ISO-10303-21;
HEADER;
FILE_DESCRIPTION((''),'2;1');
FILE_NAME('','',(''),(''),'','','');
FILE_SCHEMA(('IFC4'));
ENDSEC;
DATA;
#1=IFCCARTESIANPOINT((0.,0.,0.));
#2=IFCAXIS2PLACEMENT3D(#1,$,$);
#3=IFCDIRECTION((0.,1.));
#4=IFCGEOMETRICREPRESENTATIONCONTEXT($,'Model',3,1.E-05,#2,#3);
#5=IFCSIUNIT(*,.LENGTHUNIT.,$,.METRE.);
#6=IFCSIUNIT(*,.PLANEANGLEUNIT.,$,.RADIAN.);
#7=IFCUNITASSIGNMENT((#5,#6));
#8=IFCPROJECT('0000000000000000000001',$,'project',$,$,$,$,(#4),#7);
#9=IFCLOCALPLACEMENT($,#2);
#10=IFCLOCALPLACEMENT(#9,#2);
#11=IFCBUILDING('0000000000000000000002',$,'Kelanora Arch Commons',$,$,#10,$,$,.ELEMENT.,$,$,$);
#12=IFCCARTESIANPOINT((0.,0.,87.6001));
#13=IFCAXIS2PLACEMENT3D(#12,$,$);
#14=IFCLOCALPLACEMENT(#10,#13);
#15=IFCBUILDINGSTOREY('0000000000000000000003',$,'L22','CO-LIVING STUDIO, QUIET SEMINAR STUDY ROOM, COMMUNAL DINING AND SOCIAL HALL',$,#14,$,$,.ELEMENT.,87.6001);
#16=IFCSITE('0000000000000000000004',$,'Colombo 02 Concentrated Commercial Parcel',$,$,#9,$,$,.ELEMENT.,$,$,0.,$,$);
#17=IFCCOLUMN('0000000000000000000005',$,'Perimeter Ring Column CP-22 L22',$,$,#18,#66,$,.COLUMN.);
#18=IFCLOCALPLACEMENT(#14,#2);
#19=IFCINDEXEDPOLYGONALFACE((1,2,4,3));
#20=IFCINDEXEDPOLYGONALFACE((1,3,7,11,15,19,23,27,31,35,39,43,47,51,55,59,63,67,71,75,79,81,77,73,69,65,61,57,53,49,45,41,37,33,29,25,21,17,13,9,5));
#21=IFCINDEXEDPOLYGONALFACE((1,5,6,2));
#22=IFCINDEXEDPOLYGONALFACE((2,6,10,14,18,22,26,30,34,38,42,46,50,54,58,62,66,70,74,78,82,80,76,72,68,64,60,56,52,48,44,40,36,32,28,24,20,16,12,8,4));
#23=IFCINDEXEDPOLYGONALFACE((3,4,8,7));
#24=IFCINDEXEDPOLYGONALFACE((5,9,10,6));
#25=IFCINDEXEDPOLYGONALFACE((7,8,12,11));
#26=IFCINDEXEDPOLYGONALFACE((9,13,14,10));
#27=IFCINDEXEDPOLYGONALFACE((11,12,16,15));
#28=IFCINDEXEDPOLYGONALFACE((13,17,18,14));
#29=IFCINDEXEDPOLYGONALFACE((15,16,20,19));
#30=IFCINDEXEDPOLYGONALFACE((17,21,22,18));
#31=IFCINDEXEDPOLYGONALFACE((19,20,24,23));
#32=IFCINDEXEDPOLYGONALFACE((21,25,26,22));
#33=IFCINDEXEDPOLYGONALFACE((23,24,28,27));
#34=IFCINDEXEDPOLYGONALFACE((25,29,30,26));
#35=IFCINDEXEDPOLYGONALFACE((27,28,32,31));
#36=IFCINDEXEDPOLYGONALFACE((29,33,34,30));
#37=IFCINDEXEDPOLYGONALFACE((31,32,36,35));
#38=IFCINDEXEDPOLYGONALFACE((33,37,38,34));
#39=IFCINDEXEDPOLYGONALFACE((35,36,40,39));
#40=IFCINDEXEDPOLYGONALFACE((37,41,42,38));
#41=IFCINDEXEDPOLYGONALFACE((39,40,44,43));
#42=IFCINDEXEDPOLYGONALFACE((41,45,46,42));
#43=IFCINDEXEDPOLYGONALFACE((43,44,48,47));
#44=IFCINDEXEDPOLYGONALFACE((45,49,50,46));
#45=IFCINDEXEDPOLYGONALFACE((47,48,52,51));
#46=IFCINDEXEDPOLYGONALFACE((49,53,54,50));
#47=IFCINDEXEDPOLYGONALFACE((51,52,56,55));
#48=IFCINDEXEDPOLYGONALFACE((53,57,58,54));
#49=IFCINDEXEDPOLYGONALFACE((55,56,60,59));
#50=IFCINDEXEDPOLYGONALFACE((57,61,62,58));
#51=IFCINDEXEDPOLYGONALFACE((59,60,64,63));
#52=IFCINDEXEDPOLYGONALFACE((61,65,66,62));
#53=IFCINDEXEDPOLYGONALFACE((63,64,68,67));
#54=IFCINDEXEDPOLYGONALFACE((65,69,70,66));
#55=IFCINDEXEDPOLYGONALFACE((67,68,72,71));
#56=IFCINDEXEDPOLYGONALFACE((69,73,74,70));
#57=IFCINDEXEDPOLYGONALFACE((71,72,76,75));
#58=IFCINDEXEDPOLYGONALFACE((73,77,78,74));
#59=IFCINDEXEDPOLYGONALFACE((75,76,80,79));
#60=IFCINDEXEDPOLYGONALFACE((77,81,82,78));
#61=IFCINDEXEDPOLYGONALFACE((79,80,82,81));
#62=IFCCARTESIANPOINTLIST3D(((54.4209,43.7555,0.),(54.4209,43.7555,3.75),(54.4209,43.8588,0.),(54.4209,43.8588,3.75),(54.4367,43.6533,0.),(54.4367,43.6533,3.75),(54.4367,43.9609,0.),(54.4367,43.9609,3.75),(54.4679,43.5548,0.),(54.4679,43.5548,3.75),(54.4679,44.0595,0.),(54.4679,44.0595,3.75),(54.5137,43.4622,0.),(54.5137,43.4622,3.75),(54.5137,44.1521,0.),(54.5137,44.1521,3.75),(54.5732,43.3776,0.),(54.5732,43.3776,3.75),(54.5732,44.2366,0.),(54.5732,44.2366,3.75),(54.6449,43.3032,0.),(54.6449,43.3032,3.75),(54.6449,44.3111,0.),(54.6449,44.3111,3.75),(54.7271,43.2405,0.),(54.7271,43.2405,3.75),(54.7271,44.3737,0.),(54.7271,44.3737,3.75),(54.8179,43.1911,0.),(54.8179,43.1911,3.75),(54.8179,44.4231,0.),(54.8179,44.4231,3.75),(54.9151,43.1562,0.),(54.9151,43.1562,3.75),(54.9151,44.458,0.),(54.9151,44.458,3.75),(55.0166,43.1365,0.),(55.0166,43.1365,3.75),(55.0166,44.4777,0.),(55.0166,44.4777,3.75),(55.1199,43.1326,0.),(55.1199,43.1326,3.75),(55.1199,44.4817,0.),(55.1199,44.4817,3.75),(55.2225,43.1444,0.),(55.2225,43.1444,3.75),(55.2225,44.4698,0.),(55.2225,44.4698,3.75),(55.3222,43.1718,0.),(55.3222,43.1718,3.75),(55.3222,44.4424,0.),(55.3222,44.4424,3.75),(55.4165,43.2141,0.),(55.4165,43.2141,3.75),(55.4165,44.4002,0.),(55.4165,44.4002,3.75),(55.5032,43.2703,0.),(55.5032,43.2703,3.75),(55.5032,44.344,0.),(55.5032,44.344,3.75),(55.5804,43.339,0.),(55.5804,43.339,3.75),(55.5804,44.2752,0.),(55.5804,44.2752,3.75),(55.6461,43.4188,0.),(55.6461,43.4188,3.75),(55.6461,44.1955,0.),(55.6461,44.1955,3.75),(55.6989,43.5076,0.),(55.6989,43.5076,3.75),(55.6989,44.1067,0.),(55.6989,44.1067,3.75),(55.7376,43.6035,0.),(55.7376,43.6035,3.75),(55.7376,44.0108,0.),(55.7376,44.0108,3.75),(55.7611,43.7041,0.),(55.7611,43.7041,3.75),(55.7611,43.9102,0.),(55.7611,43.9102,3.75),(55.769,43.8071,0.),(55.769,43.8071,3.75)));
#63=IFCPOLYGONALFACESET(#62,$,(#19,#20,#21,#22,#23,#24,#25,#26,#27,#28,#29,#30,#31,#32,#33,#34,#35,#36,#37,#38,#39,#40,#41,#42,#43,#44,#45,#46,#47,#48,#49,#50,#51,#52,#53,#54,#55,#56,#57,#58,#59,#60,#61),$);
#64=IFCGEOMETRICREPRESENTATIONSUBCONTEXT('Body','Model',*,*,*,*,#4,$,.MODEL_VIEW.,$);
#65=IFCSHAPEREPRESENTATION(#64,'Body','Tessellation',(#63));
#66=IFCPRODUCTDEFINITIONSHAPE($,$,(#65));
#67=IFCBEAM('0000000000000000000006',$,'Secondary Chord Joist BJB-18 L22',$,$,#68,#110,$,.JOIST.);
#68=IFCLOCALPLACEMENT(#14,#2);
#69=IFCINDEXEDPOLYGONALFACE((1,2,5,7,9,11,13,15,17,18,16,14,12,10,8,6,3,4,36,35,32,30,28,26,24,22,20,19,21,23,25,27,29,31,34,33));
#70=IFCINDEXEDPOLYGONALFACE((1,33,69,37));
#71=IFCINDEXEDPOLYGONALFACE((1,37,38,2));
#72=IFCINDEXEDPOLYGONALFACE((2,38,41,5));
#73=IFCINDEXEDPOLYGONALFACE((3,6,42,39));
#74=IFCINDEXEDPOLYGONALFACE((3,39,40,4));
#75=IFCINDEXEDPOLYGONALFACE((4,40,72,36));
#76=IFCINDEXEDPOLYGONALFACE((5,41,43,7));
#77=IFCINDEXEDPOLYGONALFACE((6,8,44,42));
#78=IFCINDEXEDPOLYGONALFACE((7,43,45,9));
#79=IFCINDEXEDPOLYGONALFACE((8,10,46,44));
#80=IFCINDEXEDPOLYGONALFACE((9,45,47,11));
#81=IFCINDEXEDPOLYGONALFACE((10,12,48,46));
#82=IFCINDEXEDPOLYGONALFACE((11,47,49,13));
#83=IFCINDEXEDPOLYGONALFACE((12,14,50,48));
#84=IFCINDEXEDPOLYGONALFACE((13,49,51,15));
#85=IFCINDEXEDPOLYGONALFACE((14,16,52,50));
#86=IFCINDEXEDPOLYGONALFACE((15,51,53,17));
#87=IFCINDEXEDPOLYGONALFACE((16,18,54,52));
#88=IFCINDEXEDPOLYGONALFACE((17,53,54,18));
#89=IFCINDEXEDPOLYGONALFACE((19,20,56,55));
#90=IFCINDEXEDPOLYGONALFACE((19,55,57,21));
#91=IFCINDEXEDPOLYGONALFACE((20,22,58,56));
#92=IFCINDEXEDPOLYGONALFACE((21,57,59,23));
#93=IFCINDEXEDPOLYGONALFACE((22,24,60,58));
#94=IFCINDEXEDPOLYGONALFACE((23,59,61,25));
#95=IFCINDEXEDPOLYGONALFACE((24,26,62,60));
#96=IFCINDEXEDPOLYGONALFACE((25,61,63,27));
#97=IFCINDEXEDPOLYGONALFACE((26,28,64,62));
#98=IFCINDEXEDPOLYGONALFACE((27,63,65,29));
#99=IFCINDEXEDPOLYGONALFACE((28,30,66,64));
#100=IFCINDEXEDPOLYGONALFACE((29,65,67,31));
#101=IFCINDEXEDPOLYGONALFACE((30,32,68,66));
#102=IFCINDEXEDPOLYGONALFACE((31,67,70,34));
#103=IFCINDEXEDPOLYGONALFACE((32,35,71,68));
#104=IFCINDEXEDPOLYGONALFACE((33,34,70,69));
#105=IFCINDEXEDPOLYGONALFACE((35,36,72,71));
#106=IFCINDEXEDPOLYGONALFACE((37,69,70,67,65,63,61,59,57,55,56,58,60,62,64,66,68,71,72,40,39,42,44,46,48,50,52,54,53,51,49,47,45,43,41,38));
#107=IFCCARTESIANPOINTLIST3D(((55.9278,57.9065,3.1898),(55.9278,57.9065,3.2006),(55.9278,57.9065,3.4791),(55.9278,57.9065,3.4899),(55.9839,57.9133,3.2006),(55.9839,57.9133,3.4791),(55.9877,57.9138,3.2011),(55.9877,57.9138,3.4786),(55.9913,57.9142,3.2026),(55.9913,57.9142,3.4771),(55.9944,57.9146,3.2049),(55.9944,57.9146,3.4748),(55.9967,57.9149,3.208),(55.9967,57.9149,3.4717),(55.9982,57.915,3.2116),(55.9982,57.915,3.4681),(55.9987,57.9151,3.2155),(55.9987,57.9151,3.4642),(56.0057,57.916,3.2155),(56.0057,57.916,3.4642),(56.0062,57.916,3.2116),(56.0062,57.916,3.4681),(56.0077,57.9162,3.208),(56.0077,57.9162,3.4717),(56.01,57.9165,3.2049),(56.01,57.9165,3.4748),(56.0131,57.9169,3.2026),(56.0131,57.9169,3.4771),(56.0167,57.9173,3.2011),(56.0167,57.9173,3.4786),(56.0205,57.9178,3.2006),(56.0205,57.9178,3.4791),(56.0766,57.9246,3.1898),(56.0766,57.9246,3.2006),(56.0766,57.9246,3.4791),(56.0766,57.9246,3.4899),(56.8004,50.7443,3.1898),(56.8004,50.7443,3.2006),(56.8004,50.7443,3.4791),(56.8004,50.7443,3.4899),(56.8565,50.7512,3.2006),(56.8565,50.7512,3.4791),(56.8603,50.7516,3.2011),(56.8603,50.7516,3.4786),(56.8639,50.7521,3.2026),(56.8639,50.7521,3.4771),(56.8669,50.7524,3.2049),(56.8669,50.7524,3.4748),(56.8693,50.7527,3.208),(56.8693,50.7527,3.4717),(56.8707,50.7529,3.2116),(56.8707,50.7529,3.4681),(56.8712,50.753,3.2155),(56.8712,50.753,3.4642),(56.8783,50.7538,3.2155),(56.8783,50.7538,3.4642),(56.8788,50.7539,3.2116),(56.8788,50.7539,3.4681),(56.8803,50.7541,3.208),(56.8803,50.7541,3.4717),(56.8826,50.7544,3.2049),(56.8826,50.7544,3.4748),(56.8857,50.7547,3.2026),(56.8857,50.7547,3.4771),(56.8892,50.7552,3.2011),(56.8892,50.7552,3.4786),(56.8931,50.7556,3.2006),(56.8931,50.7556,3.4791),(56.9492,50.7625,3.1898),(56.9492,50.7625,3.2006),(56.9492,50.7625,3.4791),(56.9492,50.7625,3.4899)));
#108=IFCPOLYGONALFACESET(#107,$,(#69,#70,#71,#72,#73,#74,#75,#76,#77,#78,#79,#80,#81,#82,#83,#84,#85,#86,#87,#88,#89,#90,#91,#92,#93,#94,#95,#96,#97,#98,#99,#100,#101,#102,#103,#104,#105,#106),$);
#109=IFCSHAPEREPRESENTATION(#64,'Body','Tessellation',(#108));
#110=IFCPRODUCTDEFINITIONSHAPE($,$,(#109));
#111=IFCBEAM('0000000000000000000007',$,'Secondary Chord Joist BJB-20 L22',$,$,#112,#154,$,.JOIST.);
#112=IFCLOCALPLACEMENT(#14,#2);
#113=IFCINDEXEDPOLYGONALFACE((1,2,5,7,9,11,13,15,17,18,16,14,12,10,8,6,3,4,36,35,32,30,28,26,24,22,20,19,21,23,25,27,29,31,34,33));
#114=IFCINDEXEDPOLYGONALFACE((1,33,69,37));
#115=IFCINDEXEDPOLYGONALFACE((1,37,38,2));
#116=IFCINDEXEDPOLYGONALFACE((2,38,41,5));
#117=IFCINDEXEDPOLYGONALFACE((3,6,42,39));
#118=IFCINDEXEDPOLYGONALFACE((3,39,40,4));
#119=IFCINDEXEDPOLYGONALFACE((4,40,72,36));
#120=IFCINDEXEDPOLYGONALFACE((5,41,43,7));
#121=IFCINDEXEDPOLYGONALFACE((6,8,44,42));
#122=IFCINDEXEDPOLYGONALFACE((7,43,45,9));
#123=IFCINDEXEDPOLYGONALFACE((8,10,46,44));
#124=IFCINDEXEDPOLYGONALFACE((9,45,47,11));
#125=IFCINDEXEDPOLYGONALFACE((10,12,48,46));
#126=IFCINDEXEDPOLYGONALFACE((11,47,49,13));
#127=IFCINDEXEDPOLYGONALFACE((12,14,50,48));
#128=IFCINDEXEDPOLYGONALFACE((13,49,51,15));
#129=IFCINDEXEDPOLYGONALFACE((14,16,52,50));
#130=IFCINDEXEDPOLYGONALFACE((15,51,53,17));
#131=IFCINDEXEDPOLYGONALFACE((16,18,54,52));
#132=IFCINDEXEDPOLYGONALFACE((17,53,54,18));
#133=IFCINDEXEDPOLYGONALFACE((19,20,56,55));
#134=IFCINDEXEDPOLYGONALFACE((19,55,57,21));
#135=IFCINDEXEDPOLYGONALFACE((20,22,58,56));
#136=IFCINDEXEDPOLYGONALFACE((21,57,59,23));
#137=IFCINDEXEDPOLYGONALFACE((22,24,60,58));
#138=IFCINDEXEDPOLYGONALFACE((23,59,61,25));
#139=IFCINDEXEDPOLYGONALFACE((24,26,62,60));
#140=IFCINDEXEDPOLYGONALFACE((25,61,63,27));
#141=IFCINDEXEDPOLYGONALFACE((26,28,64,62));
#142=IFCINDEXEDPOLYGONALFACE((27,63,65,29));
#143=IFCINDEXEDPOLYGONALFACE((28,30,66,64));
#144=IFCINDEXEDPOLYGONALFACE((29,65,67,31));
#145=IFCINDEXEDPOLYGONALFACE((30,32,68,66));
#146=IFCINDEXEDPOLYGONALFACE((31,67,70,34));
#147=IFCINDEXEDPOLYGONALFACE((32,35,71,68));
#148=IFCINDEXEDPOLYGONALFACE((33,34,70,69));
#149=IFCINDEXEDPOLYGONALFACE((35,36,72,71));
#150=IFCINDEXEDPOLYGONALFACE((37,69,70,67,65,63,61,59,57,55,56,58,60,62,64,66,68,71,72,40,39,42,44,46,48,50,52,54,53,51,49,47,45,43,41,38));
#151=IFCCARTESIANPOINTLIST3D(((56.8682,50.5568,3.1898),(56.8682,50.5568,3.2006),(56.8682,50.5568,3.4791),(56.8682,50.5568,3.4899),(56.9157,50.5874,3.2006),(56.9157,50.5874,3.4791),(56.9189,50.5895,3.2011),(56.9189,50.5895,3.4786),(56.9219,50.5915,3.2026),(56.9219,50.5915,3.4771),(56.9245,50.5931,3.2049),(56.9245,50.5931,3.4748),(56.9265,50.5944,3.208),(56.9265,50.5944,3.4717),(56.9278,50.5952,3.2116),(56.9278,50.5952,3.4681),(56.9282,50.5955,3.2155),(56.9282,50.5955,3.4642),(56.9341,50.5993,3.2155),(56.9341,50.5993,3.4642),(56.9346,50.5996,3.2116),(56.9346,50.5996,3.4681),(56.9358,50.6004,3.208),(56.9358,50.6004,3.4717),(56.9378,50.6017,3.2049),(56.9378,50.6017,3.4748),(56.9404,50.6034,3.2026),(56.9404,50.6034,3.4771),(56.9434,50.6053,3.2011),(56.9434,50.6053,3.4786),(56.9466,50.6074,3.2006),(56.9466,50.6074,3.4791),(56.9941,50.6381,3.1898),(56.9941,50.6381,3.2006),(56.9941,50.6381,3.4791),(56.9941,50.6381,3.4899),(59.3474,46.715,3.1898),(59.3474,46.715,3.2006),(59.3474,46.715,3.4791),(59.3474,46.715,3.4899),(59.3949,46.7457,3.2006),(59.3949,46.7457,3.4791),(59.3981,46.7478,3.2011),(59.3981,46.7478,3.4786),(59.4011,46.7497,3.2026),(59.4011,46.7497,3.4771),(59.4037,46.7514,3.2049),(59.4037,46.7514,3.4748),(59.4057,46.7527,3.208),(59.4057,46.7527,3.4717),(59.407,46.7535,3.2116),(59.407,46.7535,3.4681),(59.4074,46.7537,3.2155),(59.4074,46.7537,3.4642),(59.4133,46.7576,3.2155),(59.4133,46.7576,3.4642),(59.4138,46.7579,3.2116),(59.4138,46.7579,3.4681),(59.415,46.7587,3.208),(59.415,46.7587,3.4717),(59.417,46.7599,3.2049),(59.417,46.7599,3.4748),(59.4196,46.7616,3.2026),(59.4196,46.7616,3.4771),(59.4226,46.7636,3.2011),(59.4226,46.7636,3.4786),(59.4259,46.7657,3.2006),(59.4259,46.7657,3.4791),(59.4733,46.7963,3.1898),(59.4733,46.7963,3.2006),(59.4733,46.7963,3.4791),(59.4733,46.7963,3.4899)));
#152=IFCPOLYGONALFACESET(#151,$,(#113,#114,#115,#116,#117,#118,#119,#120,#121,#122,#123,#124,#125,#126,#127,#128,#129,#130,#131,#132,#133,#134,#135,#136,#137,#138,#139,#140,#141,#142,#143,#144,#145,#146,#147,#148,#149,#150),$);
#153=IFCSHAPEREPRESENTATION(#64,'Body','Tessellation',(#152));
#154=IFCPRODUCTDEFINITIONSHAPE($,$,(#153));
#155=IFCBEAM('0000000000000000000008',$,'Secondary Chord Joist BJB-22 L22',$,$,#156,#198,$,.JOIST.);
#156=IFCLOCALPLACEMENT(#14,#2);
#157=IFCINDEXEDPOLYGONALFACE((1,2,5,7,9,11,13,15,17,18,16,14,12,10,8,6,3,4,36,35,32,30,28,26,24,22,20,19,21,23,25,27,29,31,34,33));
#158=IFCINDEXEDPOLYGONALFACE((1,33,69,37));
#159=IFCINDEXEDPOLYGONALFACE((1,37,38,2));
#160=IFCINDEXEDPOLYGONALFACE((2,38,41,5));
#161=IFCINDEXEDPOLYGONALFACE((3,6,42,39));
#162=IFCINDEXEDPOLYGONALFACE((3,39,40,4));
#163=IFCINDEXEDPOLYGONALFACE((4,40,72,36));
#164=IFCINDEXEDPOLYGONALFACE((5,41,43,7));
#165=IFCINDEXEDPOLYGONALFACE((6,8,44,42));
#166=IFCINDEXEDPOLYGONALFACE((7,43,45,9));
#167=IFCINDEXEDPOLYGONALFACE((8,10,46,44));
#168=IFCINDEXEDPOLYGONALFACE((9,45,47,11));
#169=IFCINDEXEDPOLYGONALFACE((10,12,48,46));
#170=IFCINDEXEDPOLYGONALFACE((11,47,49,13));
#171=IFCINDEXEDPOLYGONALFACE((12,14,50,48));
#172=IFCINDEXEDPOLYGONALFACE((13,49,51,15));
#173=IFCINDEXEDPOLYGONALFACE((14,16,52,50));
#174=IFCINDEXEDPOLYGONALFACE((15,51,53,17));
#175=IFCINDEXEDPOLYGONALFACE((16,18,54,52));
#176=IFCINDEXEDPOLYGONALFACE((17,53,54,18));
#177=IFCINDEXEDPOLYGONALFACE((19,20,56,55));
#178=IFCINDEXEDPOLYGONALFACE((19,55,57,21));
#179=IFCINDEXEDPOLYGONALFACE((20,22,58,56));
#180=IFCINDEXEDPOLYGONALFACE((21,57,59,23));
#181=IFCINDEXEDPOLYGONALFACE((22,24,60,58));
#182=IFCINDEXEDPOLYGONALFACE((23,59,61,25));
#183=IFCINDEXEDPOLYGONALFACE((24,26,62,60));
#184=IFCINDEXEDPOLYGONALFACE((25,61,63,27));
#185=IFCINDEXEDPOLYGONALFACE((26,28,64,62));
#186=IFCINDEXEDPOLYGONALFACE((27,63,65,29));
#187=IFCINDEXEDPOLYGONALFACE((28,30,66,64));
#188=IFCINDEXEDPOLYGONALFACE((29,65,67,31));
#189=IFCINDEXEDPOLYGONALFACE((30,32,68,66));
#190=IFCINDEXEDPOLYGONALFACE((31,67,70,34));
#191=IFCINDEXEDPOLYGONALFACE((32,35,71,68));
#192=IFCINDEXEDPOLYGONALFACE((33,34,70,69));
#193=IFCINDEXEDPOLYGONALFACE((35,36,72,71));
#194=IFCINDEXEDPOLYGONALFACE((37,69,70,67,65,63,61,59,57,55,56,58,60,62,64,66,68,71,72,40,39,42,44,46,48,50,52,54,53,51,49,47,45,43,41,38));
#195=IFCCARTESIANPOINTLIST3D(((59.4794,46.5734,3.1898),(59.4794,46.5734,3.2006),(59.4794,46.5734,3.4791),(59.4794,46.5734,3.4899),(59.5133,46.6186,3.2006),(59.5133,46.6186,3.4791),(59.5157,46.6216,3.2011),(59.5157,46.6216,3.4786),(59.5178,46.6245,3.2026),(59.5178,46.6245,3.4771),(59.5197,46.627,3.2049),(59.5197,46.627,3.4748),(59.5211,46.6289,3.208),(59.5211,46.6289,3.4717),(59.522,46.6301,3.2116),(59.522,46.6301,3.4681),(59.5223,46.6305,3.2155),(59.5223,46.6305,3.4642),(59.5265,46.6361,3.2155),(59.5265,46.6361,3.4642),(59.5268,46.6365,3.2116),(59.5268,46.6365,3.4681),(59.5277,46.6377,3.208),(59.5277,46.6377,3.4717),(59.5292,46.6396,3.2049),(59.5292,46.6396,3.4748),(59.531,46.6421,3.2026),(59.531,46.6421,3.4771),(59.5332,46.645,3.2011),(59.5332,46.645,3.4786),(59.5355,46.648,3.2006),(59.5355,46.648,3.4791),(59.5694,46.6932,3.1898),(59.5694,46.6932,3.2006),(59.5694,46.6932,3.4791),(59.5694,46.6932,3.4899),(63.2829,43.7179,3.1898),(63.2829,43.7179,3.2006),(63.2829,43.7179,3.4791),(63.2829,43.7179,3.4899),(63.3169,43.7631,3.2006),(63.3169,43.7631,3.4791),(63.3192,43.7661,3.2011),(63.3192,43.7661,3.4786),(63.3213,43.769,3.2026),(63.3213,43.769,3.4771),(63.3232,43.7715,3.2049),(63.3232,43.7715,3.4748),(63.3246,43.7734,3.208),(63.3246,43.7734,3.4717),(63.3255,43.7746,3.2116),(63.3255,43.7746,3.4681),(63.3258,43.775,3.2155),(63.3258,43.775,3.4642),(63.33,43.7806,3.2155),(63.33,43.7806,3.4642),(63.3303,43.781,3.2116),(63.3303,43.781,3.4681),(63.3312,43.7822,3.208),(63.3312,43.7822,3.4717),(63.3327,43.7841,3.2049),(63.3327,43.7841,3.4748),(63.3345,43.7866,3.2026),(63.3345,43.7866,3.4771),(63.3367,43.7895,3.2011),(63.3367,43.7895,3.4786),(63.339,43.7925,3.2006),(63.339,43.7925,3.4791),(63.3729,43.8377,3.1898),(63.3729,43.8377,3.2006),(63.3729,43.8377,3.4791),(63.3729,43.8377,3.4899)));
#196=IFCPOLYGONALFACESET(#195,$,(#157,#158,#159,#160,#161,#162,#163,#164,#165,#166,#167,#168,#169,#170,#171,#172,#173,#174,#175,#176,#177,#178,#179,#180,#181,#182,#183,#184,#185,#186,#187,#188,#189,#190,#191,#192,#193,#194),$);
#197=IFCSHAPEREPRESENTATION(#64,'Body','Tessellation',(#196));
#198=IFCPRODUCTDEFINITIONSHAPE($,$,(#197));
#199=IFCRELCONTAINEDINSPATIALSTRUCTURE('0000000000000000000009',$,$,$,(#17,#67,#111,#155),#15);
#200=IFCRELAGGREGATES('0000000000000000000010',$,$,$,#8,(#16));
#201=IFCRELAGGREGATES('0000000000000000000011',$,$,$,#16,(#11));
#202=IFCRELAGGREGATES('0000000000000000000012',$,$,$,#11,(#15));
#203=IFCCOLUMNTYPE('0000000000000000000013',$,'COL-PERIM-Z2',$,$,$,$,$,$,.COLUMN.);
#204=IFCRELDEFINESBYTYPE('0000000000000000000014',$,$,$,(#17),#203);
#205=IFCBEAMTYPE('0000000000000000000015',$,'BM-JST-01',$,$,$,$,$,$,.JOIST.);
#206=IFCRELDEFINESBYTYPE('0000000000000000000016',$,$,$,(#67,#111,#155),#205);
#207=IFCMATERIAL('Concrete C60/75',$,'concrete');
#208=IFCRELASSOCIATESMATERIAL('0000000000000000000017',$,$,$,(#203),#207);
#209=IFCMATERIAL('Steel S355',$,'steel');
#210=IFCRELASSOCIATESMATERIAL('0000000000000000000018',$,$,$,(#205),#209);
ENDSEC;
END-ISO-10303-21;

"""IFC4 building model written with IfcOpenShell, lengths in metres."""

from ifc_helpers import new_model, si_unit, direction, frame, origin, origin_2d, place, context, subcontext, project, spatial, circle, i_section, extrude, material, material_profile, profile_set, type_object, element, save


model = new_model("IFC4")

# Units and contexts
model_context = context("Model", 3, precision=1e-05, world=origin(), true_north=direction((0.0, 1.0)))
body_context = subcontext(model_context, "Body", "Model", "MODEL_VIEW")
ifc_project = project(units=[si_unit("LENGTHUNIT", "METRE"), si_unit("PLANEANGLEUNIT", "RADIAN")], contexts=[model_context])

# Site, building, storey
site_placement = place(None, origin())
site = spatial("IfcSite", under=ifc_project, at=site_placement, Name="Colombo 02 Concentrated Commercial Parcel", CompositionType="ELEMENT", RefElevation=0.0)
building_placement = place(site_placement, origin())
building = spatial("IfcBuilding", under=site, at=building_placement, Name="Kelanora Arch Commons", CompositionType="ELEMENT")
storey_placement = place(building_placement, frame((0.0, 0.0, 87.6001)))
storey = spatial("IfcBuildingStorey", under=building, at=storey_placement, Name="L22", Description="CO-LIVING STUDIO, QUIET SEMINAR STUDY ROOM, COMMUNAL DINING AND SOCIAL HALL", CompositionType="ELEMENT", Elevation=87.6001)

# Column
ifc_material_1 = material(Name="Concrete C60/75", Category="concrete")
ifc_material_profile_1 = material_profile(ifc_material_1, circle(Radius=0.675, at=origin_2d()), Name="RCC1350")
ifc_profile_set_1 = profile_set([ifc_material_profile_1], Name="Concrete C60/75")
column_type = type_object("IfcColumnType", Name="COL-PERIM-Z2", PredefinedType="COLUMN", material=ifc_profile_set_1)
column_placement = place(storey_placement, frame((55.094, 43.8071, 0.0), z_axis=(0.0, 0.0, 1.0), x_axis=(1.0, 0.0, 0.0)))
element("IfcColumn", 1, at=column_placement, inside=storey, type_object=column_type, Name="Perimeter Ring Column CP-22 L22", PredefinedType="COLUMN", context=body_context, shape_type="SweptSolid", body=[
    extrude(circle(Radius=0.675, at=origin_2d()), origin(), (0.0, 0.0, 1.0), 3.75),
])

# Beams
ifc_material_2 = material(Name="Steel S355", Category="steel")
ifc_material_profile_2 = material_profile(ifc_material_2, i_section(OverallWidth=0.1499, OverallDepth=0.3, WebThickness=0.0071, FlangeThickness=0.0107, FilletRadius=0.0149, at=origin_2d()), Name="IPE300")
ifc_profile_set_2 = profile_set([ifc_material_profile_2], Name="Steel S355")
beam_type_1 = type_object("IfcBeamType", Name="BM-JST-01", PredefinedType="JOIST", material=ifc_profile_set_2)
beam_1_placement = place(storey_placement, frame((56.0022, 57.9155, 3.3398), z_axis=(0.120936, -0.99266, 0.0), x_axis=(0.99266, 0.120936, 0.0)))
element("IfcBeam", 2, at=beam_1_placement, inside=storey, type_object=beam_type_1, Name="Secondary Chord Joist BJB-18 L22", PredefinedType="JOIST", context=body_context, shape_type="SweptSolid", body=[
    extrude(i_section(OverallWidth=0.1499, OverallDepth=0.3, WebThickness=0.0071, FlangeThickness=0.0107, FilletRadius=0.0149, at=origin_2d()), origin(), (0.0, 0.0, 1.0), 7.2151),
])
beam_2_placement = place(storey_placement, frame((56.9312, 50.5974, 3.3398), z_axis=(0.54223, -0.84023, 0.0), x_axis=(0.84023, 0.54223, 0.0)))
element("IfcBeam", 3, at=beam_2_placement, inside=storey, type_object=beam_type_1, Name="Secondary Chord Joist BJB-20 L22", PredefinedType="JOIST", context=body_context, shape_type="SweptSolid", body=[
    extrude(i_section(OverallWidth=0.1499, OverallDepth=0.3, WebThickness=0.0071, FlangeThickness=0.0107, FilletRadius=0.0149, at=origin_2d()), origin(), (0.0, 0.0, 1.0), 4.5723),
])
beam_3_placement = place(storey_placement, frame((59.5244, 46.6333, 3.3398), z_axis=(0.79971, -0.600386, 0.0), x_axis=(0.600386, 0.79971, 0.0)))
element("IfcBeam", 4, at=beam_3_placement, inside=storey, type_object=beam_type_1, Name="Secondary Chord Joist BJB-22 L22", PredefinedType="JOIST", context=body_context, shape_type="SweptSolid", body=[
    extrude(i_section(OverallWidth=0.1499, OverallDepth=0.3, WebThickness=0.0071, FlangeThickness=0.0107, FilletRadius=0.0149, at=origin_2d()), origin(), (0.0, 0.0, 1.0), 4.7561),
])

save(model, "model.ifc")
